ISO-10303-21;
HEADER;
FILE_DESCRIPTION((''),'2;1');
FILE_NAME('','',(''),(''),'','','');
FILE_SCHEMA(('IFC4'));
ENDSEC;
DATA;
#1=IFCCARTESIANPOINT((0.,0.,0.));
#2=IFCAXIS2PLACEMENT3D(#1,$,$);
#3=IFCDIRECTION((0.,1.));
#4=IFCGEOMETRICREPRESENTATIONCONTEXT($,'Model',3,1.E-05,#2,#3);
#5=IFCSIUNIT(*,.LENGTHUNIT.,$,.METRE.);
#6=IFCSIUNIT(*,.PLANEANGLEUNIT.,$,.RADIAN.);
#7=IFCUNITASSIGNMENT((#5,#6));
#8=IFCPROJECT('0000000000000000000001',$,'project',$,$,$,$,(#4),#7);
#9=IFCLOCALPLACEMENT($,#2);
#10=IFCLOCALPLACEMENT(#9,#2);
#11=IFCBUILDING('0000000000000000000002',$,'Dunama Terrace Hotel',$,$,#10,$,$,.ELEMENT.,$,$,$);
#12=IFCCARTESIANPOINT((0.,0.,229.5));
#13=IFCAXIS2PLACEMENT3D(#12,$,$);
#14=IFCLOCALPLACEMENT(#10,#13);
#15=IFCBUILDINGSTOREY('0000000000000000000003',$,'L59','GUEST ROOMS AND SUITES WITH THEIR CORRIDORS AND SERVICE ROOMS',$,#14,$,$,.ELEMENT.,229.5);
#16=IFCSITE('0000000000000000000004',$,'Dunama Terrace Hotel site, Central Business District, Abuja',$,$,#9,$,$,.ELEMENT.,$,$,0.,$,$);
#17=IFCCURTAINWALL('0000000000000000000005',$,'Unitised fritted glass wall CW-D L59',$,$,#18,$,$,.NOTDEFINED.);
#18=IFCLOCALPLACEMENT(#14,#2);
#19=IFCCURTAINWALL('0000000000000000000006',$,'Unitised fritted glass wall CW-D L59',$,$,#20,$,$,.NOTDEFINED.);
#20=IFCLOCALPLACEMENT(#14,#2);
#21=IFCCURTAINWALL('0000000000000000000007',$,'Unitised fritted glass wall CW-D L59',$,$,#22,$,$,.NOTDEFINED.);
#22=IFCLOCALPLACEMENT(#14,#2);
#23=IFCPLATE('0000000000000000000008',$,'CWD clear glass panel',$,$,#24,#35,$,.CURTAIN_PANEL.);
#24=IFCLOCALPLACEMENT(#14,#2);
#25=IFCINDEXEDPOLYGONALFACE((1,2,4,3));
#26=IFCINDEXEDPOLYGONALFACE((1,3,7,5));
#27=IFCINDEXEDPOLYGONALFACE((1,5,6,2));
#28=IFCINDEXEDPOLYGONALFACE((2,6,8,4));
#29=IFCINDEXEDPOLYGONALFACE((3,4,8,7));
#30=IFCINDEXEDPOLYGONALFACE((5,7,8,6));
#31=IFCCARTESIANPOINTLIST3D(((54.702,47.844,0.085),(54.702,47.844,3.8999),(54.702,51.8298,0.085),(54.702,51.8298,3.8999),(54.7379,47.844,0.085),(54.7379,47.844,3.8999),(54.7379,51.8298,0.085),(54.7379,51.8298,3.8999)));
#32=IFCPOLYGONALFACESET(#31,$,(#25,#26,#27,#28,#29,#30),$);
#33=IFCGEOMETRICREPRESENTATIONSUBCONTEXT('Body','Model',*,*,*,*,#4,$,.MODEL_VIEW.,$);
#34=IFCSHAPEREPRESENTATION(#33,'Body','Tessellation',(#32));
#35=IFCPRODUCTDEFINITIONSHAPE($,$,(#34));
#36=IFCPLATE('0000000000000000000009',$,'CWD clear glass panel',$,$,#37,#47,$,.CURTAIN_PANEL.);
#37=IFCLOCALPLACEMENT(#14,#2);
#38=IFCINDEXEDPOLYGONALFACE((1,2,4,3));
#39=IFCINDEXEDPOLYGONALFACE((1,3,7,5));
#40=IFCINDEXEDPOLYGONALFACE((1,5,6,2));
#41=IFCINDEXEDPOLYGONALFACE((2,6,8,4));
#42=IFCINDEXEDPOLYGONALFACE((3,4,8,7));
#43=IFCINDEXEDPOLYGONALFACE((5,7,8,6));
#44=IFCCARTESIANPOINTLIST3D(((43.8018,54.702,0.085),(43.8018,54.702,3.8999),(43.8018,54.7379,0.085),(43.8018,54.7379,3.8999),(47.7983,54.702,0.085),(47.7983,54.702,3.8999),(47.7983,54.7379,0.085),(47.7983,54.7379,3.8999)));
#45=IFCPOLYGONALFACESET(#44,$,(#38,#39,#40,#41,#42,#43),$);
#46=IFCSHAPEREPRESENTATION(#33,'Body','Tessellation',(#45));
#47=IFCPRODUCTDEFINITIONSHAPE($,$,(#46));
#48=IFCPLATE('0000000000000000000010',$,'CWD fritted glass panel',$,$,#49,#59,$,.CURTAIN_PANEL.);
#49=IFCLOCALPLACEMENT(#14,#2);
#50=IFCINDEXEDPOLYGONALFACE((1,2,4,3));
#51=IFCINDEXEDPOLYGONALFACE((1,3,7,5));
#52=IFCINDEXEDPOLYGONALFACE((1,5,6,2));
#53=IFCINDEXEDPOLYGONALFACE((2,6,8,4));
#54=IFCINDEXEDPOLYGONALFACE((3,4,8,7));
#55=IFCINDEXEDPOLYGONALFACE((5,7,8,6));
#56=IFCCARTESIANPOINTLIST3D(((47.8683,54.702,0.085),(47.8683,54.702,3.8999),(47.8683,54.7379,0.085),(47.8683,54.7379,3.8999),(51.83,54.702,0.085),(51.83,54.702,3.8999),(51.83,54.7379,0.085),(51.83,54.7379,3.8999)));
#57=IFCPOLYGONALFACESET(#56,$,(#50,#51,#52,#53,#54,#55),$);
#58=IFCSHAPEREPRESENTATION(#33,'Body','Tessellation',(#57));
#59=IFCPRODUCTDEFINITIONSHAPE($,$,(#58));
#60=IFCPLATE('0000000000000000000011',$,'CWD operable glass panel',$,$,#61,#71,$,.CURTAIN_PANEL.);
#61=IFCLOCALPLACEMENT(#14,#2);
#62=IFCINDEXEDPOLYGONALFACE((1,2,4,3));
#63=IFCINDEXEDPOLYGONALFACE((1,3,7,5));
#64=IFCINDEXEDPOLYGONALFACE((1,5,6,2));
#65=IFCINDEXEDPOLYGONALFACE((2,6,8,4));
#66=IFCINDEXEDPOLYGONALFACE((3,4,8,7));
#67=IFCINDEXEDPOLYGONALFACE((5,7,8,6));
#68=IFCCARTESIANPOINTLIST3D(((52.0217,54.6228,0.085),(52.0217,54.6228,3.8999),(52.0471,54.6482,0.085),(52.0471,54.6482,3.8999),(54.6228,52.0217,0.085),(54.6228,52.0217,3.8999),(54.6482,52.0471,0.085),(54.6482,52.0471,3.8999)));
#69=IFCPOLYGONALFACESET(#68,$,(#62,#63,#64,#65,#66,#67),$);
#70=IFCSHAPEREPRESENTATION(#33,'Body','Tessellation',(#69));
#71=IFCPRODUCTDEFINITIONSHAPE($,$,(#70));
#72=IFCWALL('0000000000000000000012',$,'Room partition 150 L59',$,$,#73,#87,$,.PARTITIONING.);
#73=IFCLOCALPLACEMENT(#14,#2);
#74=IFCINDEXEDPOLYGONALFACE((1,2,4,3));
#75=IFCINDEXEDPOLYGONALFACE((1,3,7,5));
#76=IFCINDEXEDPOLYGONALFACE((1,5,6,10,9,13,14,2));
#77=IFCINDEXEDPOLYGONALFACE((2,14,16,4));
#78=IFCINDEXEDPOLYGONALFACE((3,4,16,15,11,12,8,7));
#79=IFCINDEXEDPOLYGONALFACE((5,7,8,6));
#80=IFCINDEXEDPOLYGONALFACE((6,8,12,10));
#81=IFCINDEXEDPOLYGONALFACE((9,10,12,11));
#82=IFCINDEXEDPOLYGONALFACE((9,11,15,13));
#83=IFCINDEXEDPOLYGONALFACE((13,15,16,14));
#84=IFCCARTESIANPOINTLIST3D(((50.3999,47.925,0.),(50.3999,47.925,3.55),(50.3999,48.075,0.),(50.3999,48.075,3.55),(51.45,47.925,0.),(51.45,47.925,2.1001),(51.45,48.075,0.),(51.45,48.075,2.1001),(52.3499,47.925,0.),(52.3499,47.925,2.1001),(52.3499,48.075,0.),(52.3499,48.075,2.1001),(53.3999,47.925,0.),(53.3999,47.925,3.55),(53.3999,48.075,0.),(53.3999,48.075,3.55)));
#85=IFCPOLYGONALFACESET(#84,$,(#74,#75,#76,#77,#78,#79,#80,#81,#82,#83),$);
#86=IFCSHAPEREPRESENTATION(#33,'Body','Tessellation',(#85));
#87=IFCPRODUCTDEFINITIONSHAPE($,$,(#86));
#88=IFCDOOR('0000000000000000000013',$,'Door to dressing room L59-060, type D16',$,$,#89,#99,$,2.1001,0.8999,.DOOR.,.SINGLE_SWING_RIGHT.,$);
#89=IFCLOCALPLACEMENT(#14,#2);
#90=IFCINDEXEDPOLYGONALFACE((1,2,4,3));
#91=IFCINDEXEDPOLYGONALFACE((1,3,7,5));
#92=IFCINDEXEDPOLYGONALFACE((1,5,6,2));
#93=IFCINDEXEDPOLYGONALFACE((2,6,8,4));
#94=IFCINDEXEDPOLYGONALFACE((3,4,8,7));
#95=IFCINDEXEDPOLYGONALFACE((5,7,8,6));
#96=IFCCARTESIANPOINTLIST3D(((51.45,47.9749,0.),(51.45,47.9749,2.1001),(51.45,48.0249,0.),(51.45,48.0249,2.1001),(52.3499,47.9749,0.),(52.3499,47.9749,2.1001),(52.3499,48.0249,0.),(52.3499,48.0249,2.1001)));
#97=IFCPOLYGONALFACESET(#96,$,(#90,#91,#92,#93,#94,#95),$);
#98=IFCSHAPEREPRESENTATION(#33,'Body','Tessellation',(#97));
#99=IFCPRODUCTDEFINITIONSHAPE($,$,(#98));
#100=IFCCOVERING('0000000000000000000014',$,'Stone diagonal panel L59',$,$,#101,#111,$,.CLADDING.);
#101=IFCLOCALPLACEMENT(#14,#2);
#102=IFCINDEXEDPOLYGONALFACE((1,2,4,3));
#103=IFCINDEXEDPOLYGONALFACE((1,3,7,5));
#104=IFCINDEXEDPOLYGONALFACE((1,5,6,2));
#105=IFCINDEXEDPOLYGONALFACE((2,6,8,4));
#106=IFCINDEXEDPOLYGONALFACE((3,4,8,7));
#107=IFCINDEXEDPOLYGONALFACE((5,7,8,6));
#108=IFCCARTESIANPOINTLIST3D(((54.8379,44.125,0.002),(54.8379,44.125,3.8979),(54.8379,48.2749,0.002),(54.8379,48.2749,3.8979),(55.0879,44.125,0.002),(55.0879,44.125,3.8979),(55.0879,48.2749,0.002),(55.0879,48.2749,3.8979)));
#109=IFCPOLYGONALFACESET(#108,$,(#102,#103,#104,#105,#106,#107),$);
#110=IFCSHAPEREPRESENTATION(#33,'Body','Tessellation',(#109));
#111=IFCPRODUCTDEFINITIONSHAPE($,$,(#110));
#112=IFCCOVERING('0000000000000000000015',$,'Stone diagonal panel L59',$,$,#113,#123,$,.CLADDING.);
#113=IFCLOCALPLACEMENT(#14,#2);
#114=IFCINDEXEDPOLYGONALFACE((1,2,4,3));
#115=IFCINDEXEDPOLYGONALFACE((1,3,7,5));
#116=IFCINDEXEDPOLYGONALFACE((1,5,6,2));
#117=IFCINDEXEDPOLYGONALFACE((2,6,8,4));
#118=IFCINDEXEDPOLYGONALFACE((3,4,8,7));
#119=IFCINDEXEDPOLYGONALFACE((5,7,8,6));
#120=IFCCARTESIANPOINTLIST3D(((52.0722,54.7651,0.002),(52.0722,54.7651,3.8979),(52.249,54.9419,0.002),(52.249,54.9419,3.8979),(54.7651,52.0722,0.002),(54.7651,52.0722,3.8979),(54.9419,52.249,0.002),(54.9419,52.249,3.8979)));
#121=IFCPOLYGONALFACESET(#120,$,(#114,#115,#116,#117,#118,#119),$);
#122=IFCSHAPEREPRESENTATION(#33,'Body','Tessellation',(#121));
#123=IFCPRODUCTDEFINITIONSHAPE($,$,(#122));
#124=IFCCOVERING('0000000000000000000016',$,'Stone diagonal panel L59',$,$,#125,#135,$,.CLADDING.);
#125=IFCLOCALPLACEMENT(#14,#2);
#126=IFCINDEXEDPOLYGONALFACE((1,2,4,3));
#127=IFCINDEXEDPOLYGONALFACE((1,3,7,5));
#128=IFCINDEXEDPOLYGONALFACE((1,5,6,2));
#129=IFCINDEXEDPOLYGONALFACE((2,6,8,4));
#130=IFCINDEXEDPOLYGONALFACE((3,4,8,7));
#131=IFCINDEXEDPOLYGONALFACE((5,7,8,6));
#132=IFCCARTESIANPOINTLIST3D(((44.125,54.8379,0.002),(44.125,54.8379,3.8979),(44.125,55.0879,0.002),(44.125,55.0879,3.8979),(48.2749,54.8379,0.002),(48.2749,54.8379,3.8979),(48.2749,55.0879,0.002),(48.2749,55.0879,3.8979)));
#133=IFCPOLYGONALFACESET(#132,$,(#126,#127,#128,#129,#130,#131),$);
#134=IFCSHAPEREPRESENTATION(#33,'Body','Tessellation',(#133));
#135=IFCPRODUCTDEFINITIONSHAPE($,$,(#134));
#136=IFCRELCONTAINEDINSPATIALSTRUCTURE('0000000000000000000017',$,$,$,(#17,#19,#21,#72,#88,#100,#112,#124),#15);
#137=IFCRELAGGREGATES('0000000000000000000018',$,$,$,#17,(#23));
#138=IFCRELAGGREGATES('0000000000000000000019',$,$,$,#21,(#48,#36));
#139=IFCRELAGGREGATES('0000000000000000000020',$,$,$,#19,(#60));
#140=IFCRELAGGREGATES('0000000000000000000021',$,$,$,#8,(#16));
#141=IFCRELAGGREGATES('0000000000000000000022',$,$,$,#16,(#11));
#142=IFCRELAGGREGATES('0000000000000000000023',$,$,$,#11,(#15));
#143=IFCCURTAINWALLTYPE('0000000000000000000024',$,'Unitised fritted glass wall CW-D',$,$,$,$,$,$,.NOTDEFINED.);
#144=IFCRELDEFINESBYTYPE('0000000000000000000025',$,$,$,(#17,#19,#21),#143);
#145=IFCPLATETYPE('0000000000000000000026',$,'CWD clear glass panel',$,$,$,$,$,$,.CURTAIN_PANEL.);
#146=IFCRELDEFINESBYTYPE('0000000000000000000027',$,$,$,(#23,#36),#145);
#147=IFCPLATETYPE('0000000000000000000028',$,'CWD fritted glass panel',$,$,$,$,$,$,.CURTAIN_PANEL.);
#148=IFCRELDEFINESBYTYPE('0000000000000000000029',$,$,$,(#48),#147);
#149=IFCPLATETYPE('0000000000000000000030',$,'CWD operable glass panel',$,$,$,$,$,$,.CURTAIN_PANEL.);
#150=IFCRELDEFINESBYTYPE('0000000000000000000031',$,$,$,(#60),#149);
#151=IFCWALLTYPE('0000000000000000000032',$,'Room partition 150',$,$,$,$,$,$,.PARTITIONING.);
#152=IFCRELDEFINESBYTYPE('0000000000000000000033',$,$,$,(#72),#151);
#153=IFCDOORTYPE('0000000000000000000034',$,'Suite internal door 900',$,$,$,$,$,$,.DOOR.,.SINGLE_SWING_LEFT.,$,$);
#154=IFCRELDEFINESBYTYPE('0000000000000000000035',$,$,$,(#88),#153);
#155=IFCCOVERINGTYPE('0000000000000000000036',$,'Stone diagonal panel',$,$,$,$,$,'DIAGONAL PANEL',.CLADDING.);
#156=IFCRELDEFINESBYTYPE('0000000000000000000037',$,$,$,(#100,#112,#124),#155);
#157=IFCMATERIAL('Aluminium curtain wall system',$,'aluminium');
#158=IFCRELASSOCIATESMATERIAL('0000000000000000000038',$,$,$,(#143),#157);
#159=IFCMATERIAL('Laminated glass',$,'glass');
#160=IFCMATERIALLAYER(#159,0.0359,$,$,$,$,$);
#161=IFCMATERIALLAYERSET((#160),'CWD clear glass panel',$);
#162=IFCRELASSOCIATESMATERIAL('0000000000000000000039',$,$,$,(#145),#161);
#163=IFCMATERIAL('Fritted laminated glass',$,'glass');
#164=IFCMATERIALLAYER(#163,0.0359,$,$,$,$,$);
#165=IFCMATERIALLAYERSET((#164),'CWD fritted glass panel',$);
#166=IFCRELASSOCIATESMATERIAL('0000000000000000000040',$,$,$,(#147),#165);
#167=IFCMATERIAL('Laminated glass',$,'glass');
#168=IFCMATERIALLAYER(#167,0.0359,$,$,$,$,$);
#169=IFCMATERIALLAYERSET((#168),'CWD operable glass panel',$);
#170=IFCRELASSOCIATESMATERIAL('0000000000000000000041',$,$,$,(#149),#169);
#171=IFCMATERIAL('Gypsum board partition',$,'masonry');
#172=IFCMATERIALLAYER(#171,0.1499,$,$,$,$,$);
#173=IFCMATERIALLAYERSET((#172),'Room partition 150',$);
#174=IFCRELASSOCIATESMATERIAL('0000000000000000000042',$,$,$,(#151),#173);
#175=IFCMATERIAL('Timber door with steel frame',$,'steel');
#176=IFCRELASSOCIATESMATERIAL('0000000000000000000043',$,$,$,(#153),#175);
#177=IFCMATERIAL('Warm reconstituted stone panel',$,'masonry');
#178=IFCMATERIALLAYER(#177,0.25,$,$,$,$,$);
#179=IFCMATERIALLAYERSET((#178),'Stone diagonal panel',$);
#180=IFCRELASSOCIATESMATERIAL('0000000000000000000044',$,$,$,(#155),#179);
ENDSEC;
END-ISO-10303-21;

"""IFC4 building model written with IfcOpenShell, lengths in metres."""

from ifc_helpers import new_model, si_unit, direction, frame, frame_2d, origin, origin_2d, place, context, subcontext, project, spatial, rectangle, extrude, material, layer, layer_set, type_object, element, fill, aggregate, save


model = new_model("IFC4")

# Units and contexts
model_context = context("Model", 3, precision=1e-05, world=origin(), true_north=direction((0.0, 1.0)))
body_context = subcontext(model_context, "Body", "Model", "MODEL_VIEW")
ifc_project = project(units=[si_unit("LENGTHUNIT", "METRE"), si_unit("PLANEANGLEUNIT", "RADIAN")], contexts=[model_context])

# Site, building, storey
site_placement = place(None, origin())
site = spatial("IfcSite", under=ifc_project, at=site_placement, Name="Dunama Terrace Hotel site, Central Business District, Abuja", CompositionType="ELEMENT", RefElevation=0.0)
building_placement = place(site_placement, origin())
building = spatial("IfcBuilding", under=site, at=building_placement, Name="Dunama Terrace Hotel", CompositionType="ELEMENT")
storey_placement = place(building_placement, frame((0.0, 0.0, 229.5)))
storey = spatial("IfcBuildingStorey", under=building, at=storey_placement, Name="L59", Description="GUEST ROOMS AND SUITES WITH THEIR CORRIDORS AND SERVICE ROOMS", CompositionType="ELEMENT", Elevation=229.5)

# Curtain walls
ifc_material_1 = material(Name="Aluminium curtain wall system", Category="aluminium")
curtain_wall_type = type_object("IfcCurtainWallType", Name="Unitised fritted glass wall CW-D", PredefinedType="NOTDEFINED", material=ifc_material_1)
curtain_wall_1_placement = place(storey_placement, origin())
curtain_wall_1 = element("IfcCurtainWall", 1, at=curtain_wall_1_placement, inside=storey, type_object=curtain_wall_type, Name="Unitised fritted glass wall CW-D L59", PredefinedType="NOTDEFINED")
curtain_wall_2_placement = place(storey_placement, origin())
curtain_wall_2 = element("IfcCurtainWall", 2, at=curtain_wall_2_placement, inside=storey, type_object=curtain_wall_type, Name="Unitised fritted glass wall CW-D L59", PredefinedType="NOTDEFINED")
curtain_wall_3_placement = place(storey_placement, origin())
curtain_wall_3 = element("IfcCurtainWall", 3, at=curtain_wall_3_placement, inside=storey, type_object=curtain_wall_type, Name="Unitised fritted glass wall CW-D L59", PredefinedType="NOTDEFINED")

# Plates
ifc_material_2 = material(Name="Laminated glass", Category="glass")
ifc_layer_1 = layer(ifc_material_2, 0.0359)
ifc_layer_set_1 = layer_set([ifc_layer_1], Name="CWD clear glass panel")
plate_type_1 = type_object("IfcPlateType", Name="CWD clear glass panel", PredefinedType="CURTAIN_PANEL", material=ifc_layer_set_1)
plate_1_placement = place(storey_placement, frame((54.72, 49.8369, 0.085), z_axis=(0.0, 0.0, 1.0), x_axis=(0.0, 1.0, 0.0)))
plate_1 = element("IfcPlate", 4, at=plate_1_placement, type_object=plate_type_1, Name="CWD clear glass panel", PredefinedType="CURTAIN_PANEL", context=body_context, shape_type="SweptSolid", body=[
    extrude(rectangle(XDim=3.9858, YDim=0.0359, at=origin_2d()), origin(), (0.0, 0.0, 1.0), 3.8149),
])
aggregate(curtain_wall_1, [plate_1])
plate_2_placement = place(storey_placement, frame((45.8, 54.72, 0.085), z_axis=(0.0, 0.0, 1.0), x_axis=(-1.0, 0.0, 0.0)))
plate_2 = element("IfcPlate", 5, at=plate_2_placement, type_object=plate_type_1, Name="CWD clear glass panel", PredefinedType="CURTAIN_PANEL", context=body_context, shape_type="SweptSolid", body=[
    extrude(rectangle(XDim=3.9966, YDim=0.0359, at=origin_2d()), origin(), (0.0, 0.0, 1.0), 3.8149),
])
ifc_material_3 = material(Name="Fritted laminated glass", Category="glass")
ifc_layer_2 = layer(ifc_material_3, 0.0359)
ifc_layer_set_2 = layer_set([ifc_layer_2], Name="CWD fritted glass panel")
plate_type_2 = type_object("IfcPlateType", Name="CWD fritted glass panel", PredefinedType="CURTAIN_PANEL", material=ifc_layer_set_2)
plate_3_placement = place(storey_placement, frame((49.8491, 54.72, 0.085), z_axis=(0.0, 0.0, 1.0), x_axis=(-1.0, 0.0, 0.0)))
plate_3 = element("IfcPlate", 6, at=plate_3_placement, type_object=plate_type_2, Name="CWD fritted glass panel", PredefinedType="CURTAIN_PANEL", context=body_context, shape_type="SweptSolid", body=[
    extrude(rectangle(XDim=3.9617, YDim=0.0359, at=origin_2d()), origin(), (0.0, 0.0, 1.0), 3.8149),
])
aggregate(curtain_wall_3, [plate_3, plate_2])
ifc_material_4 = material(Name="Laminated glass", Category="glass")
ifc_layer_3 = layer(ifc_material_4, 0.0359)
ifc_layer_set_3 = layer_set([ifc_layer_3], Name="CWD operable glass panel")
plate_type_3 = type_object("IfcPlateType", Name="CWD operable glass panel", PredefinedType="CURTAIN_PANEL", material=ifc_layer_set_3)
plate_4_placement = place(storey_placement, frame((53.335, 53.335, 0.085), z_axis=(0.0, 0.0, 1.0), x_axis=(-0.707107, 0.707107, 0.0)))
plate_4 = element("IfcPlate", 7, at=plate_4_placement, type_object=plate_type_3, Name="CWD operable glass panel", PredefinedType="CURTAIN_PANEL", context=body_context, shape_type="SweptSolid", body=[
    extrude(rectangle(XDim=3.6785, YDim=0.0359, at=origin_2d()), origin(), (0.0, 0.0, 1.0), 3.8149),
])
aggregate(curtain_wall_2, [plate_4])

# Wall, opening, door
ifc_material_5 = material(Name="Gypsum board partition", Category="masonry")
ifc_layer_4 = layer(ifc_material_5, 0.1499)
ifc_layer_set_4 = layer_set([ifc_layer_4], Name="Room partition 150")
wall_type = type_object("IfcWallType", Name="Room partition 150", PredefinedType="PARTITIONING", material=ifc_layer_set_4)
wall_placement = place(storey_placement, frame((50.3999, 48.0, 0.0), z_axis=(0.0, 0.0, 1.0), x_axis=(1.0, 0.0, 0.0)))
wall = element("IfcWall", 8, at=wall_placement, inside=storey, type_object=wall_type, Name="Room partition 150 L59", PredefinedType="PARTITIONING", context=body_context, shape_type="SweptSolid", body=[
    extrude(rectangle(XDim=3.0, YDim=0.1499, at=frame_2d((1.5, 0.0))), origin(), (0.0, 0.0, 1.0), 3.55),
])
opening_placement = place(wall_placement, frame((1.05, 0.0, 0.0)))
opening = element("IfcOpeningElement", 9, at=opening_placement, cuts=wall, PredefinedType="OPENING", context=body_context, shape_type="SweptSolid", body=[
    extrude(rectangle(XDim=0.8999, YDim=2.1001, at=frame_2d((0.45, 1.05))), frame((0.0, 0.085, 0.0), z_axis=(0.0, -1.0, 0.0), x_axis=(1.0, 0.0, 0.0)), (0.0, 0.0, 1.0), 0.1699),
])
ifc_material_6 = material(Name="Timber door with steel frame", Category="steel")
door_type = type_object("IfcDoorType", Name="Suite internal door 900", OperationType="SINGLE_SWING_LEFT", PredefinedType="DOOR", material=ifc_material_6)
door_placement = place(opening_placement, frame((0.8999, 0.0, 0.0), z_axis=(0.0, 0.0, 1.0), x_axis=(-1.0, 0.0, 0.0)))
door = element("IfcDoor", 10, at=door_placement, inside=storey, type_object=door_type, Name="Door to dressing room L59-060, type D16", OperationType="SINGLE_SWING_RIGHT", OverallHeight=2.1001, OverallWidth=0.8999, PredefinedType="DOOR", context=body_context, shape_type="SweptSolid", body=[
    extrude(rectangle(XDim=0.8999, YDim=2.1001, at=frame_2d((0.45, 1.05))), frame((0.0, 0.0251, 0.0), z_axis=(0.0, -1.0, 0.0), x_axis=(1.0, 0.0, 0.0)), (0.0, 0.0, 1.0), 0.05),
])
fill(opening, door)

# Coverings
ifc_material_7 = material(Name="Warm reconstituted stone panel", Category="masonry")
ifc_layer_5 = layer(ifc_material_7, 0.25)
ifc_layer_set_5 = layer_set([ifc_layer_5], Name="Stone diagonal panel")
covering_type = type_object("IfcCoveringType", Name="Stone diagonal panel", ElementType="DIAGONAL PANEL", PredefinedType="CLADDING", material=ifc_layer_set_5)
covering_1_placement = place(storey_placement, frame((54.9629, 46.2, 0.002), z_axis=(0.0, 0.0, 1.0), x_axis=(0.0, 1.0, 0.0)))
element("IfcCovering", 11, at=covering_1_placement, inside=storey, type_object=covering_type, Name="Stone diagonal panel L59", PredefinedType="CLADDING", context=body_context, shape_type="SweptSolid", body=[
    extrude(rectangle(XDim=4.1499, YDim=0.25, at=origin_2d()), origin(), (0.0, 0.0, 1.0), 3.896),
])
covering_2_placement = place(storey_placement, frame((53.5071, 53.5071, 0.002), z_axis=(0.0, 0.0, 1.0), x_axis=(-0.707107, 0.707107, 0.0)))
element("IfcCovering", 12, at=covering_2_placement, inside=storey, type_object=covering_type, Name="Stone diagonal panel L59", PredefinedType="CLADDING", context=body_context, shape_type="SweptSolid", body=[
    extrude(rectangle(XDim=3.8083, YDim=0.25, at=origin_2d()), origin(), (0.0, 0.0, 1.0), 3.896),
])
covering_3_placement = place(storey_placement, frame((46.2, 54.9629, 0.002), z_axis=(0.0, 0.0, 1.0), x_axis=(-1.0, 0.0, 0.0)))
element("IfcCovering", 13, at=covering_3_placement, inside=storey, type_object=covering_type, Name="Stone diagonal panel L59", PredefinedType="CLADDING", context=body_context, shape_type="SweptSolid", body=[
    extrude(rectangle(XDim=4.1499, YDim=0.25, at=origin_2d()), origin(), (0.0, 0.0, 1.0), 3.896),
])

save(model, "model.ifc")
